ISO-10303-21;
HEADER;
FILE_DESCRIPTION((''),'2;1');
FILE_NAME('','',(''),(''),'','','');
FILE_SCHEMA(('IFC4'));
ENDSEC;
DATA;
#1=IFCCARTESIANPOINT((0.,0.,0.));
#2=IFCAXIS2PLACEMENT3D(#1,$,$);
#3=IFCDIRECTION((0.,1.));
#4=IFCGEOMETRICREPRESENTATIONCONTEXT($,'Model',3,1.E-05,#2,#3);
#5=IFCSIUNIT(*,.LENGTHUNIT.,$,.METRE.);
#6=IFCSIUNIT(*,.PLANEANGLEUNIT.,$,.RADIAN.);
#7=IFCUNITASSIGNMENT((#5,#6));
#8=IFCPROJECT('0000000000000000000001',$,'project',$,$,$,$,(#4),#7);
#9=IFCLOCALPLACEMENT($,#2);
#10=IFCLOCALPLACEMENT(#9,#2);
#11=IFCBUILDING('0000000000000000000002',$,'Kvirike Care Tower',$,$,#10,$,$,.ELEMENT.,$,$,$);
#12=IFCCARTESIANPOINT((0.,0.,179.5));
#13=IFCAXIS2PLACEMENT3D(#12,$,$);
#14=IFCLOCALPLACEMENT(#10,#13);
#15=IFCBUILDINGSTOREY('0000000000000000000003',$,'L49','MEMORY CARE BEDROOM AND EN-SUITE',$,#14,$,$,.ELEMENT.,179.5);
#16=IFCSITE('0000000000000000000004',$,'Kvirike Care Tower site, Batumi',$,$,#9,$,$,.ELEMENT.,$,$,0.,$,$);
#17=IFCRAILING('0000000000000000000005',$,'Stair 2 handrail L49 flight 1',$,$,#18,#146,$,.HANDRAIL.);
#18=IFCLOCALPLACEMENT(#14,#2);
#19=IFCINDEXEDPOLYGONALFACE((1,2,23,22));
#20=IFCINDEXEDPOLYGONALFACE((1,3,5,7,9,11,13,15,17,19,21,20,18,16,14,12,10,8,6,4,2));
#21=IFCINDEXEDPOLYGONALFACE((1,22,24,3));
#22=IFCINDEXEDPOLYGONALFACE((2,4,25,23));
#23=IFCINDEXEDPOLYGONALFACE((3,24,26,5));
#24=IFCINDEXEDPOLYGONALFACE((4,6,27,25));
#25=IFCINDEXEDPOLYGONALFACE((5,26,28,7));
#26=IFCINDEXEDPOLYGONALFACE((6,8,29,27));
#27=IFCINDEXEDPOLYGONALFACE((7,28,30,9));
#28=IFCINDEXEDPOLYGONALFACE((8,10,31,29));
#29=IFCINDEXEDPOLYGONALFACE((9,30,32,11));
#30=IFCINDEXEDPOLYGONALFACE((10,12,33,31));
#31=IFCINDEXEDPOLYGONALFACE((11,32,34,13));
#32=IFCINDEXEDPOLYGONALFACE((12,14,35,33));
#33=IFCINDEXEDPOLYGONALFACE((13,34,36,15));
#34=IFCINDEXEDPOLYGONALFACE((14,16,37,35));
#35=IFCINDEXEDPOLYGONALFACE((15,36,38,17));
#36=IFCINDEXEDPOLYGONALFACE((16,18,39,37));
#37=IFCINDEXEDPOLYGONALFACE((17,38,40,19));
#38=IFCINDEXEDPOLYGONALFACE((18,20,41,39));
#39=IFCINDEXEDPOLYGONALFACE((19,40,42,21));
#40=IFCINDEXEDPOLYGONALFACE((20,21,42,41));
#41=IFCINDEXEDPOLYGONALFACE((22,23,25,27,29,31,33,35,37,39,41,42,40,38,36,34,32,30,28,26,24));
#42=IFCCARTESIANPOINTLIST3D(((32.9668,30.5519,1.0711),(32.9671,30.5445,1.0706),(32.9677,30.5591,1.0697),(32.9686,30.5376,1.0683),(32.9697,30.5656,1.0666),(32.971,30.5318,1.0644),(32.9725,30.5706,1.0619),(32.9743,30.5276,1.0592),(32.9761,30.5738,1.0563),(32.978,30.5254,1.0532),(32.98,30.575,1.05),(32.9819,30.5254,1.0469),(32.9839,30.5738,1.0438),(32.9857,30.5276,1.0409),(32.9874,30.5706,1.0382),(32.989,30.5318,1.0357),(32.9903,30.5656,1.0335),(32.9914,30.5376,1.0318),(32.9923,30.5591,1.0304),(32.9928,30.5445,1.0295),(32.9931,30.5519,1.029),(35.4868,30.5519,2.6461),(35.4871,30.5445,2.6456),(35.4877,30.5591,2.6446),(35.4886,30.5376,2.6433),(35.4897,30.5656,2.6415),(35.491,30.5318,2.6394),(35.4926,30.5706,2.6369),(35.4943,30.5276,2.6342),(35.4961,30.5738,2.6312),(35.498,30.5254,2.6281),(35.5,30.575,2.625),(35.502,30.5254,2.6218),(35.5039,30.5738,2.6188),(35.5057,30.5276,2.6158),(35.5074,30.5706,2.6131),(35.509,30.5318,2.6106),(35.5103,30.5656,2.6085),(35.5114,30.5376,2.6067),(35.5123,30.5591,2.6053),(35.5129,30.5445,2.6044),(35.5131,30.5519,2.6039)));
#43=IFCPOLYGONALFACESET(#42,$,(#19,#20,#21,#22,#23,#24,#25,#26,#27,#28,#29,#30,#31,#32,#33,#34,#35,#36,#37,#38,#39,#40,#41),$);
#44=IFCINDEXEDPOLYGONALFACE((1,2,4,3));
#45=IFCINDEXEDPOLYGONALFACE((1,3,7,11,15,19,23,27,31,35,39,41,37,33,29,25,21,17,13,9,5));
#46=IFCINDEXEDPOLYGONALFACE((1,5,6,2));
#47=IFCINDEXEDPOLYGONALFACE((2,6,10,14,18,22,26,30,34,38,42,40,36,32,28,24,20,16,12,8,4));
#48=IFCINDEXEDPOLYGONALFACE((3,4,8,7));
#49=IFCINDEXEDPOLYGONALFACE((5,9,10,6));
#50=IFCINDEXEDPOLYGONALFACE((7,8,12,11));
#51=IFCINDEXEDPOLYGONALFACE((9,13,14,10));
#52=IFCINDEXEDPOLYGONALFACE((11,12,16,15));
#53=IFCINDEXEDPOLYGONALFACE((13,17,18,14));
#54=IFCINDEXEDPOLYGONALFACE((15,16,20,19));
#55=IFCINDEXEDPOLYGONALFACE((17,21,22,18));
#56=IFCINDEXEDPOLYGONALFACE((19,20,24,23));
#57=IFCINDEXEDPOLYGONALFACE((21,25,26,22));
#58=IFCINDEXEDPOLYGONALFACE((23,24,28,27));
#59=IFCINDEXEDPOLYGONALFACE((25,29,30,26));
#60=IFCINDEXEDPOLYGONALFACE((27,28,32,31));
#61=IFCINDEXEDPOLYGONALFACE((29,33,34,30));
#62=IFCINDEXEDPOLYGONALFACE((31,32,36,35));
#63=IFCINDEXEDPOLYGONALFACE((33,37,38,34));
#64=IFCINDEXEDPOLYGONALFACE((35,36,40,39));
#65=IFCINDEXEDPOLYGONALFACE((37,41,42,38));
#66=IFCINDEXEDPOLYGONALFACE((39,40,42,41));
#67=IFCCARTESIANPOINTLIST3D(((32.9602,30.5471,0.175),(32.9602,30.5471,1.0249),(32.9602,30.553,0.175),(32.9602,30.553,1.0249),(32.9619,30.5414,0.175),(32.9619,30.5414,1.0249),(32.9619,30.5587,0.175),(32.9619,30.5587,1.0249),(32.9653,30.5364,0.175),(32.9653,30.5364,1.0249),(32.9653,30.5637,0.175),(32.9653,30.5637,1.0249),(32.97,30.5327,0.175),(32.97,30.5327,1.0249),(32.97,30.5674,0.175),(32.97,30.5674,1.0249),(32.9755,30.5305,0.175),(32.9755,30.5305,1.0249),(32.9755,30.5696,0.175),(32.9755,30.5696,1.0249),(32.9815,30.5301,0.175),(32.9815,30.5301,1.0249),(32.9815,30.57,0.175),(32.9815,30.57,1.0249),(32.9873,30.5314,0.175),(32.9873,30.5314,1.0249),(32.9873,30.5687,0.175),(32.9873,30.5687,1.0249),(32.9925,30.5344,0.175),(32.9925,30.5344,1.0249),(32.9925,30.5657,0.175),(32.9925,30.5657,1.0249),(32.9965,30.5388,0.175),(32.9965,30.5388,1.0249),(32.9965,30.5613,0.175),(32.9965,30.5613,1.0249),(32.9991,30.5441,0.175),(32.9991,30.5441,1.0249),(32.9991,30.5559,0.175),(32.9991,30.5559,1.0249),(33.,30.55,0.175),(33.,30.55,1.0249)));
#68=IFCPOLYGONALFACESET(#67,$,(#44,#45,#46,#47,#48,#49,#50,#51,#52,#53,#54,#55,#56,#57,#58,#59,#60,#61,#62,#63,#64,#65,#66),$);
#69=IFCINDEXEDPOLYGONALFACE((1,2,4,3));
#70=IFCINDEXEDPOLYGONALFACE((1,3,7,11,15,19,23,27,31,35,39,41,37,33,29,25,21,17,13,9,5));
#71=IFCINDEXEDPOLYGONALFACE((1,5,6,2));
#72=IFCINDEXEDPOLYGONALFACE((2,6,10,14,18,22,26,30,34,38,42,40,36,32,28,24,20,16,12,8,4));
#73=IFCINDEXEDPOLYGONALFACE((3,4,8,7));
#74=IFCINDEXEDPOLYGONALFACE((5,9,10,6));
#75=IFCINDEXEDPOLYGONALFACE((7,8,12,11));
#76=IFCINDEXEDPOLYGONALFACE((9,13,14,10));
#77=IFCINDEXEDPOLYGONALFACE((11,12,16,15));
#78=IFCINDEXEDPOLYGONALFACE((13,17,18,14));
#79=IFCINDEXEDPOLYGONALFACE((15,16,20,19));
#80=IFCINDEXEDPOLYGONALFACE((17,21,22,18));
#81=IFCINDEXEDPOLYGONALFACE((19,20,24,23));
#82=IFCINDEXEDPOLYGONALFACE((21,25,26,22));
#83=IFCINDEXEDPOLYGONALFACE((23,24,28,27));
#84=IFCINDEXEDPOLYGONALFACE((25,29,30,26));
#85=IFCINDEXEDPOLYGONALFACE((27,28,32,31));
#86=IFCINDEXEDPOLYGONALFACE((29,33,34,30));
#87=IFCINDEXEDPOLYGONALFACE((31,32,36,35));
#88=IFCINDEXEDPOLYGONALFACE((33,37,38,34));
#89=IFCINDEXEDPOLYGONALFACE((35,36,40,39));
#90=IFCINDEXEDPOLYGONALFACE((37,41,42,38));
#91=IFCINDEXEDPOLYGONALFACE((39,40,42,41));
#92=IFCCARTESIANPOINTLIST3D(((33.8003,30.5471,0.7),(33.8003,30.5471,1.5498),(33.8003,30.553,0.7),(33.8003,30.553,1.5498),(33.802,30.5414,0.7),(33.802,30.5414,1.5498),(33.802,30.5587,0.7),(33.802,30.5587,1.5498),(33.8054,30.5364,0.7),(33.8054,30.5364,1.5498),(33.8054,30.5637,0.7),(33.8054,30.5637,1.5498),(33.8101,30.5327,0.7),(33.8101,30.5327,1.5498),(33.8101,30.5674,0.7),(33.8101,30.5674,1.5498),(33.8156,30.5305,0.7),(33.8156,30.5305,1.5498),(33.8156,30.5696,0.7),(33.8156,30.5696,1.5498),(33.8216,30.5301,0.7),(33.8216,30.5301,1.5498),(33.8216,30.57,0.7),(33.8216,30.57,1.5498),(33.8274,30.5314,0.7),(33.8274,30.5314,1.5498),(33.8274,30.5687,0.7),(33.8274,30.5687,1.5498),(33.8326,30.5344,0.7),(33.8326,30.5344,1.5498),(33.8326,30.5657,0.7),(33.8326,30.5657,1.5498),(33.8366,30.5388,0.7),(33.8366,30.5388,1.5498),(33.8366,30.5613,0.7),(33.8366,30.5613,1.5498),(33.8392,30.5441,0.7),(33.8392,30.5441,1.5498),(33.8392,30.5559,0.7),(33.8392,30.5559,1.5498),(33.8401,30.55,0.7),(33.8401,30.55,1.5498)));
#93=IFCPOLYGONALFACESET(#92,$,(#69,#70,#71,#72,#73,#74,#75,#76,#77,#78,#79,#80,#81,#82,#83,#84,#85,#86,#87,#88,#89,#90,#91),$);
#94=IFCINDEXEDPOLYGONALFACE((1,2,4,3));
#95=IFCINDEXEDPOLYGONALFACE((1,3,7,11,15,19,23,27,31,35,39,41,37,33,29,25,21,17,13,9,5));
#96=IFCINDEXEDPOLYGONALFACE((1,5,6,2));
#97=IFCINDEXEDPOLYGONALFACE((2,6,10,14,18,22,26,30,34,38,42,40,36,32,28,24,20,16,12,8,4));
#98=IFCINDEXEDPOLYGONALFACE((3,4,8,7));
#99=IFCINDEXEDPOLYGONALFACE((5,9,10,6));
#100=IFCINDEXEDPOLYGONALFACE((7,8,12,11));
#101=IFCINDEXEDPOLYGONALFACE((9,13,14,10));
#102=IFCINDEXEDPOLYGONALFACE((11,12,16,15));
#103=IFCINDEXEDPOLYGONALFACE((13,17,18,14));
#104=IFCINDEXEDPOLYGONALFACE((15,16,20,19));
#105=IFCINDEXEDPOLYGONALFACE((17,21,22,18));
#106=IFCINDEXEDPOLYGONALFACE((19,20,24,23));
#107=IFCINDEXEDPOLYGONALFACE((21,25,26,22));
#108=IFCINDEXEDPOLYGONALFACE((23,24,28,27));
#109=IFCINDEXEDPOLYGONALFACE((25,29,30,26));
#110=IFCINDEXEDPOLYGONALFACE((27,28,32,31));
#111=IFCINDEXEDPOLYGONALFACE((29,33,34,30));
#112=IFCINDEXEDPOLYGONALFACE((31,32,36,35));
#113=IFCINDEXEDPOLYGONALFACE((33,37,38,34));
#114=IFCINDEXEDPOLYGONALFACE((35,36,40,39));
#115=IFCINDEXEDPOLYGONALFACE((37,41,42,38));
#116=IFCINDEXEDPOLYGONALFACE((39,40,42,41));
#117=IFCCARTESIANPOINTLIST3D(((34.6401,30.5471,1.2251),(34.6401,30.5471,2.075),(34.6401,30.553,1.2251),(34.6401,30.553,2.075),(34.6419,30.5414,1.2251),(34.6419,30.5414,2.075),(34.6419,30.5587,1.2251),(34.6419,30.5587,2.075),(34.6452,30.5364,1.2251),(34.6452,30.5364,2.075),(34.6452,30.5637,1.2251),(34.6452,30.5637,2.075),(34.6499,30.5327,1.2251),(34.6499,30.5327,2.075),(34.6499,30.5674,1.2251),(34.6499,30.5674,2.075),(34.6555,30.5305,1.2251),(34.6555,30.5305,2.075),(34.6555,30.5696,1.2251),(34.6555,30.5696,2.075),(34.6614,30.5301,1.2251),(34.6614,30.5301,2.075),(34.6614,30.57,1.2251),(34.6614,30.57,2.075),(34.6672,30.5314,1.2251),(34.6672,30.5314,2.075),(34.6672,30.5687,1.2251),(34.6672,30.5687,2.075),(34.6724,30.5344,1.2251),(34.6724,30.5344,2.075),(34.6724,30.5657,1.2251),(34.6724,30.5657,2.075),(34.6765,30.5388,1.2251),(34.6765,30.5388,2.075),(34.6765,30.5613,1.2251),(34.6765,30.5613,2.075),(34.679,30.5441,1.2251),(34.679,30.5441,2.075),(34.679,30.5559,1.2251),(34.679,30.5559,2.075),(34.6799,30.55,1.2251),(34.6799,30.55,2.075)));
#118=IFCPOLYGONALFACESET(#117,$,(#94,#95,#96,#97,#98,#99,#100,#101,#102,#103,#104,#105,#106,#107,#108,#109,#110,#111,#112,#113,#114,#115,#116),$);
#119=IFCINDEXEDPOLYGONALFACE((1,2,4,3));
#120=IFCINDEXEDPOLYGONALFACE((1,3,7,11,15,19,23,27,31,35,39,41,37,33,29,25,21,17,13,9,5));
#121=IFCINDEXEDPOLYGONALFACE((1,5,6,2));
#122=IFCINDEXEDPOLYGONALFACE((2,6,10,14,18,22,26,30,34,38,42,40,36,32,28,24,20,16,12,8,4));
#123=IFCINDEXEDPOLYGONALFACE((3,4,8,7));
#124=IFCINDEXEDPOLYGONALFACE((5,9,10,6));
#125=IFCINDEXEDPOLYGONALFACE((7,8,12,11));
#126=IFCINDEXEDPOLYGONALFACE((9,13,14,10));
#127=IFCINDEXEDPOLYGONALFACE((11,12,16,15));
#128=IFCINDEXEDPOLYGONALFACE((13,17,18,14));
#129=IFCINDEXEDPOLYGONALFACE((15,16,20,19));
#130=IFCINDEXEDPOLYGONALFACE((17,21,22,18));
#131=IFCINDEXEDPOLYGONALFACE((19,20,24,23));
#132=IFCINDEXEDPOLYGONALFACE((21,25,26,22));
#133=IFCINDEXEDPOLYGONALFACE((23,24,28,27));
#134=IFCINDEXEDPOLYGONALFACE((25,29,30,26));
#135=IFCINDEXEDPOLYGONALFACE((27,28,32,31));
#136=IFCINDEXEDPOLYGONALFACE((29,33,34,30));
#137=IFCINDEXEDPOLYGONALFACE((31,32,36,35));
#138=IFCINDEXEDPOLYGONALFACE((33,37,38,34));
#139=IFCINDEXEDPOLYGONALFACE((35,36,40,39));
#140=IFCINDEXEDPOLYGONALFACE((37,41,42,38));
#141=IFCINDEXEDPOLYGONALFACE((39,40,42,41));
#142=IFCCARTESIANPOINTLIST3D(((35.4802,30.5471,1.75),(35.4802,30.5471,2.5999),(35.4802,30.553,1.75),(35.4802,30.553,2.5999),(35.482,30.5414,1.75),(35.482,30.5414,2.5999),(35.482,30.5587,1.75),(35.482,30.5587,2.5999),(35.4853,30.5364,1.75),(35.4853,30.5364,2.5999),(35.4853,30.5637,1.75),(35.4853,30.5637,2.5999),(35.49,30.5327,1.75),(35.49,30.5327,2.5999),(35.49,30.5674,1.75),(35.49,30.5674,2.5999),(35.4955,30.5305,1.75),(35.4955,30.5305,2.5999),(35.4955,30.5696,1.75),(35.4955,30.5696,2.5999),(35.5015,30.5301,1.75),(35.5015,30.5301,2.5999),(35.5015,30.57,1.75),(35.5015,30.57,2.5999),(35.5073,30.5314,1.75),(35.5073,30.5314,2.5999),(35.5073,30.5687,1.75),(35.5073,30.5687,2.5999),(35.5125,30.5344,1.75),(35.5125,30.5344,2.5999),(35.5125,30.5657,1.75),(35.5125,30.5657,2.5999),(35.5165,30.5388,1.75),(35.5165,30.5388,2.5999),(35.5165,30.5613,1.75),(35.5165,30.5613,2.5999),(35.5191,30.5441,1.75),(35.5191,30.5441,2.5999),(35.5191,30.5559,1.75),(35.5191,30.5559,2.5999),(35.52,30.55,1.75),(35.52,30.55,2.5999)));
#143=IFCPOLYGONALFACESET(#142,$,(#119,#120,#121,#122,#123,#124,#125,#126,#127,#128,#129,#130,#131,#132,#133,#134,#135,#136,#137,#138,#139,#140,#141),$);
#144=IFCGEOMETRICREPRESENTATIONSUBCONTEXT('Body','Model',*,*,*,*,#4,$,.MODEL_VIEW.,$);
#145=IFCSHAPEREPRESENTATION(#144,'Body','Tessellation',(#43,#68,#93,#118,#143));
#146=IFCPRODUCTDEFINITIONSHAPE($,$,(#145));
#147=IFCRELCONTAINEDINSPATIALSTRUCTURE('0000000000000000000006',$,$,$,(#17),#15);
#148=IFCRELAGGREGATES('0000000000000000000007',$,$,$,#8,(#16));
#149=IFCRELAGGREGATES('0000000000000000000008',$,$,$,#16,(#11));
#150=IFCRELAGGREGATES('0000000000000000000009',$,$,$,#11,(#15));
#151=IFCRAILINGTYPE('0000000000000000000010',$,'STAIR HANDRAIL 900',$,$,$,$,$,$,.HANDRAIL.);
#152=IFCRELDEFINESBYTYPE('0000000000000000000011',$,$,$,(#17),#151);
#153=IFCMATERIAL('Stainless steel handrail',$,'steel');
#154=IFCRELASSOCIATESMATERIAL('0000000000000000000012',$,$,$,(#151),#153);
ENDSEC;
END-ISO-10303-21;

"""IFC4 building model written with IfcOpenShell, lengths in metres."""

from ifc_helpers import new_model, si_unit, direction, frame, origin, origin_2d, place, context, subcontext, project, spatial, circle, extrude, material, type_object, element, save


model = new_model("IFC4")

# Units and contexts
model_context = context("Model", 3, precision=1e-05, world=origin(), true_north=direction((0.0, 1.0)))
body_context = subcontext(model_context, "Body", "Model", "MODEL_VIEW")
ifc_project = project(units=[si_unit("LENGTHUNIT", "METRE"), si_unit("PLANEANGLEUNIT", "RADIAN")], contexts=[model_context])

# Site, building, storey
site_placement = place(None, origin())
site = spatial("IfcSite", under=ifc_project, at=site_placement, Name="Kvirike Care Tower site, Batumi", CompositionType="ELEMENT", RefElevation=0.0)
building_placement = place(site_placement, origin())
building = spatial("IfcBuilding", under=site, at=building_placement, Name="Kvirike Care Tower", CompositionType="ELEMENT")
storey_placement = place(building_placement, frame((0.0, 0.0, 179.5)))
storey = spatial("IfcBuildingStorey", under=building, at=storey_placement, Name="L49", Description="MEMORY CARE BEDROOM AND EN-SUITE", CompositionType="ELEMENT", Elevation=179.5)

# Railing
ifc_material_1 = material(Name="Stainless steel handrail", Category="steel")
railing_type = type_object("IfcRailingType", Name="STAIR HANDRAIL 900", PredefinedType="HANDRAIL", material=ifc_material_1)
railing_1_placement = place(storey_placement, frame((32.98, 30.55, 0.175)))
element("IfcRailing", 1, at=railing_1_placement, inside=storey, type_object=railing_type, Name="Stair 2 handrail L49 flight 1", PredefinedType="HANDRAIL", context=body_context, shape_type="SweptSolid", body=[
    extrude(circle(Radius=0.0249, at=origin_2d()), frame((0.0, 0.0, 0.875), z_axis=(0.848008, 0.0, 0.529984), x_axis=(0.0, 1.0, 0.0)), (0.0, 0.0, 1.0), 2.9717),
    extrude(circle(Radius=0.02, at=origin_2d()), origin(), (0.0, 0.0, 1.0), 0.8499),
    extrude(circle(Radius=0.02, at=origin_2d()), frame((0.8401, 0.0, 0.5249)), (0.0, 0.0, 1.0), 0.8499),
    extrude(circle(Radius=0.02, at=origin_2d()), frame((1.6799, 0.0, 1.05)), (0.0, 0.0, 1.0), 0.8499),
    extrude(circle(Radius=0.02, at=origin_2d()), frame((2.52, 0.0, 1.575)), (0.0, 0.0, 1.0), 0.8499),
])

save(model, "model.ifc")
